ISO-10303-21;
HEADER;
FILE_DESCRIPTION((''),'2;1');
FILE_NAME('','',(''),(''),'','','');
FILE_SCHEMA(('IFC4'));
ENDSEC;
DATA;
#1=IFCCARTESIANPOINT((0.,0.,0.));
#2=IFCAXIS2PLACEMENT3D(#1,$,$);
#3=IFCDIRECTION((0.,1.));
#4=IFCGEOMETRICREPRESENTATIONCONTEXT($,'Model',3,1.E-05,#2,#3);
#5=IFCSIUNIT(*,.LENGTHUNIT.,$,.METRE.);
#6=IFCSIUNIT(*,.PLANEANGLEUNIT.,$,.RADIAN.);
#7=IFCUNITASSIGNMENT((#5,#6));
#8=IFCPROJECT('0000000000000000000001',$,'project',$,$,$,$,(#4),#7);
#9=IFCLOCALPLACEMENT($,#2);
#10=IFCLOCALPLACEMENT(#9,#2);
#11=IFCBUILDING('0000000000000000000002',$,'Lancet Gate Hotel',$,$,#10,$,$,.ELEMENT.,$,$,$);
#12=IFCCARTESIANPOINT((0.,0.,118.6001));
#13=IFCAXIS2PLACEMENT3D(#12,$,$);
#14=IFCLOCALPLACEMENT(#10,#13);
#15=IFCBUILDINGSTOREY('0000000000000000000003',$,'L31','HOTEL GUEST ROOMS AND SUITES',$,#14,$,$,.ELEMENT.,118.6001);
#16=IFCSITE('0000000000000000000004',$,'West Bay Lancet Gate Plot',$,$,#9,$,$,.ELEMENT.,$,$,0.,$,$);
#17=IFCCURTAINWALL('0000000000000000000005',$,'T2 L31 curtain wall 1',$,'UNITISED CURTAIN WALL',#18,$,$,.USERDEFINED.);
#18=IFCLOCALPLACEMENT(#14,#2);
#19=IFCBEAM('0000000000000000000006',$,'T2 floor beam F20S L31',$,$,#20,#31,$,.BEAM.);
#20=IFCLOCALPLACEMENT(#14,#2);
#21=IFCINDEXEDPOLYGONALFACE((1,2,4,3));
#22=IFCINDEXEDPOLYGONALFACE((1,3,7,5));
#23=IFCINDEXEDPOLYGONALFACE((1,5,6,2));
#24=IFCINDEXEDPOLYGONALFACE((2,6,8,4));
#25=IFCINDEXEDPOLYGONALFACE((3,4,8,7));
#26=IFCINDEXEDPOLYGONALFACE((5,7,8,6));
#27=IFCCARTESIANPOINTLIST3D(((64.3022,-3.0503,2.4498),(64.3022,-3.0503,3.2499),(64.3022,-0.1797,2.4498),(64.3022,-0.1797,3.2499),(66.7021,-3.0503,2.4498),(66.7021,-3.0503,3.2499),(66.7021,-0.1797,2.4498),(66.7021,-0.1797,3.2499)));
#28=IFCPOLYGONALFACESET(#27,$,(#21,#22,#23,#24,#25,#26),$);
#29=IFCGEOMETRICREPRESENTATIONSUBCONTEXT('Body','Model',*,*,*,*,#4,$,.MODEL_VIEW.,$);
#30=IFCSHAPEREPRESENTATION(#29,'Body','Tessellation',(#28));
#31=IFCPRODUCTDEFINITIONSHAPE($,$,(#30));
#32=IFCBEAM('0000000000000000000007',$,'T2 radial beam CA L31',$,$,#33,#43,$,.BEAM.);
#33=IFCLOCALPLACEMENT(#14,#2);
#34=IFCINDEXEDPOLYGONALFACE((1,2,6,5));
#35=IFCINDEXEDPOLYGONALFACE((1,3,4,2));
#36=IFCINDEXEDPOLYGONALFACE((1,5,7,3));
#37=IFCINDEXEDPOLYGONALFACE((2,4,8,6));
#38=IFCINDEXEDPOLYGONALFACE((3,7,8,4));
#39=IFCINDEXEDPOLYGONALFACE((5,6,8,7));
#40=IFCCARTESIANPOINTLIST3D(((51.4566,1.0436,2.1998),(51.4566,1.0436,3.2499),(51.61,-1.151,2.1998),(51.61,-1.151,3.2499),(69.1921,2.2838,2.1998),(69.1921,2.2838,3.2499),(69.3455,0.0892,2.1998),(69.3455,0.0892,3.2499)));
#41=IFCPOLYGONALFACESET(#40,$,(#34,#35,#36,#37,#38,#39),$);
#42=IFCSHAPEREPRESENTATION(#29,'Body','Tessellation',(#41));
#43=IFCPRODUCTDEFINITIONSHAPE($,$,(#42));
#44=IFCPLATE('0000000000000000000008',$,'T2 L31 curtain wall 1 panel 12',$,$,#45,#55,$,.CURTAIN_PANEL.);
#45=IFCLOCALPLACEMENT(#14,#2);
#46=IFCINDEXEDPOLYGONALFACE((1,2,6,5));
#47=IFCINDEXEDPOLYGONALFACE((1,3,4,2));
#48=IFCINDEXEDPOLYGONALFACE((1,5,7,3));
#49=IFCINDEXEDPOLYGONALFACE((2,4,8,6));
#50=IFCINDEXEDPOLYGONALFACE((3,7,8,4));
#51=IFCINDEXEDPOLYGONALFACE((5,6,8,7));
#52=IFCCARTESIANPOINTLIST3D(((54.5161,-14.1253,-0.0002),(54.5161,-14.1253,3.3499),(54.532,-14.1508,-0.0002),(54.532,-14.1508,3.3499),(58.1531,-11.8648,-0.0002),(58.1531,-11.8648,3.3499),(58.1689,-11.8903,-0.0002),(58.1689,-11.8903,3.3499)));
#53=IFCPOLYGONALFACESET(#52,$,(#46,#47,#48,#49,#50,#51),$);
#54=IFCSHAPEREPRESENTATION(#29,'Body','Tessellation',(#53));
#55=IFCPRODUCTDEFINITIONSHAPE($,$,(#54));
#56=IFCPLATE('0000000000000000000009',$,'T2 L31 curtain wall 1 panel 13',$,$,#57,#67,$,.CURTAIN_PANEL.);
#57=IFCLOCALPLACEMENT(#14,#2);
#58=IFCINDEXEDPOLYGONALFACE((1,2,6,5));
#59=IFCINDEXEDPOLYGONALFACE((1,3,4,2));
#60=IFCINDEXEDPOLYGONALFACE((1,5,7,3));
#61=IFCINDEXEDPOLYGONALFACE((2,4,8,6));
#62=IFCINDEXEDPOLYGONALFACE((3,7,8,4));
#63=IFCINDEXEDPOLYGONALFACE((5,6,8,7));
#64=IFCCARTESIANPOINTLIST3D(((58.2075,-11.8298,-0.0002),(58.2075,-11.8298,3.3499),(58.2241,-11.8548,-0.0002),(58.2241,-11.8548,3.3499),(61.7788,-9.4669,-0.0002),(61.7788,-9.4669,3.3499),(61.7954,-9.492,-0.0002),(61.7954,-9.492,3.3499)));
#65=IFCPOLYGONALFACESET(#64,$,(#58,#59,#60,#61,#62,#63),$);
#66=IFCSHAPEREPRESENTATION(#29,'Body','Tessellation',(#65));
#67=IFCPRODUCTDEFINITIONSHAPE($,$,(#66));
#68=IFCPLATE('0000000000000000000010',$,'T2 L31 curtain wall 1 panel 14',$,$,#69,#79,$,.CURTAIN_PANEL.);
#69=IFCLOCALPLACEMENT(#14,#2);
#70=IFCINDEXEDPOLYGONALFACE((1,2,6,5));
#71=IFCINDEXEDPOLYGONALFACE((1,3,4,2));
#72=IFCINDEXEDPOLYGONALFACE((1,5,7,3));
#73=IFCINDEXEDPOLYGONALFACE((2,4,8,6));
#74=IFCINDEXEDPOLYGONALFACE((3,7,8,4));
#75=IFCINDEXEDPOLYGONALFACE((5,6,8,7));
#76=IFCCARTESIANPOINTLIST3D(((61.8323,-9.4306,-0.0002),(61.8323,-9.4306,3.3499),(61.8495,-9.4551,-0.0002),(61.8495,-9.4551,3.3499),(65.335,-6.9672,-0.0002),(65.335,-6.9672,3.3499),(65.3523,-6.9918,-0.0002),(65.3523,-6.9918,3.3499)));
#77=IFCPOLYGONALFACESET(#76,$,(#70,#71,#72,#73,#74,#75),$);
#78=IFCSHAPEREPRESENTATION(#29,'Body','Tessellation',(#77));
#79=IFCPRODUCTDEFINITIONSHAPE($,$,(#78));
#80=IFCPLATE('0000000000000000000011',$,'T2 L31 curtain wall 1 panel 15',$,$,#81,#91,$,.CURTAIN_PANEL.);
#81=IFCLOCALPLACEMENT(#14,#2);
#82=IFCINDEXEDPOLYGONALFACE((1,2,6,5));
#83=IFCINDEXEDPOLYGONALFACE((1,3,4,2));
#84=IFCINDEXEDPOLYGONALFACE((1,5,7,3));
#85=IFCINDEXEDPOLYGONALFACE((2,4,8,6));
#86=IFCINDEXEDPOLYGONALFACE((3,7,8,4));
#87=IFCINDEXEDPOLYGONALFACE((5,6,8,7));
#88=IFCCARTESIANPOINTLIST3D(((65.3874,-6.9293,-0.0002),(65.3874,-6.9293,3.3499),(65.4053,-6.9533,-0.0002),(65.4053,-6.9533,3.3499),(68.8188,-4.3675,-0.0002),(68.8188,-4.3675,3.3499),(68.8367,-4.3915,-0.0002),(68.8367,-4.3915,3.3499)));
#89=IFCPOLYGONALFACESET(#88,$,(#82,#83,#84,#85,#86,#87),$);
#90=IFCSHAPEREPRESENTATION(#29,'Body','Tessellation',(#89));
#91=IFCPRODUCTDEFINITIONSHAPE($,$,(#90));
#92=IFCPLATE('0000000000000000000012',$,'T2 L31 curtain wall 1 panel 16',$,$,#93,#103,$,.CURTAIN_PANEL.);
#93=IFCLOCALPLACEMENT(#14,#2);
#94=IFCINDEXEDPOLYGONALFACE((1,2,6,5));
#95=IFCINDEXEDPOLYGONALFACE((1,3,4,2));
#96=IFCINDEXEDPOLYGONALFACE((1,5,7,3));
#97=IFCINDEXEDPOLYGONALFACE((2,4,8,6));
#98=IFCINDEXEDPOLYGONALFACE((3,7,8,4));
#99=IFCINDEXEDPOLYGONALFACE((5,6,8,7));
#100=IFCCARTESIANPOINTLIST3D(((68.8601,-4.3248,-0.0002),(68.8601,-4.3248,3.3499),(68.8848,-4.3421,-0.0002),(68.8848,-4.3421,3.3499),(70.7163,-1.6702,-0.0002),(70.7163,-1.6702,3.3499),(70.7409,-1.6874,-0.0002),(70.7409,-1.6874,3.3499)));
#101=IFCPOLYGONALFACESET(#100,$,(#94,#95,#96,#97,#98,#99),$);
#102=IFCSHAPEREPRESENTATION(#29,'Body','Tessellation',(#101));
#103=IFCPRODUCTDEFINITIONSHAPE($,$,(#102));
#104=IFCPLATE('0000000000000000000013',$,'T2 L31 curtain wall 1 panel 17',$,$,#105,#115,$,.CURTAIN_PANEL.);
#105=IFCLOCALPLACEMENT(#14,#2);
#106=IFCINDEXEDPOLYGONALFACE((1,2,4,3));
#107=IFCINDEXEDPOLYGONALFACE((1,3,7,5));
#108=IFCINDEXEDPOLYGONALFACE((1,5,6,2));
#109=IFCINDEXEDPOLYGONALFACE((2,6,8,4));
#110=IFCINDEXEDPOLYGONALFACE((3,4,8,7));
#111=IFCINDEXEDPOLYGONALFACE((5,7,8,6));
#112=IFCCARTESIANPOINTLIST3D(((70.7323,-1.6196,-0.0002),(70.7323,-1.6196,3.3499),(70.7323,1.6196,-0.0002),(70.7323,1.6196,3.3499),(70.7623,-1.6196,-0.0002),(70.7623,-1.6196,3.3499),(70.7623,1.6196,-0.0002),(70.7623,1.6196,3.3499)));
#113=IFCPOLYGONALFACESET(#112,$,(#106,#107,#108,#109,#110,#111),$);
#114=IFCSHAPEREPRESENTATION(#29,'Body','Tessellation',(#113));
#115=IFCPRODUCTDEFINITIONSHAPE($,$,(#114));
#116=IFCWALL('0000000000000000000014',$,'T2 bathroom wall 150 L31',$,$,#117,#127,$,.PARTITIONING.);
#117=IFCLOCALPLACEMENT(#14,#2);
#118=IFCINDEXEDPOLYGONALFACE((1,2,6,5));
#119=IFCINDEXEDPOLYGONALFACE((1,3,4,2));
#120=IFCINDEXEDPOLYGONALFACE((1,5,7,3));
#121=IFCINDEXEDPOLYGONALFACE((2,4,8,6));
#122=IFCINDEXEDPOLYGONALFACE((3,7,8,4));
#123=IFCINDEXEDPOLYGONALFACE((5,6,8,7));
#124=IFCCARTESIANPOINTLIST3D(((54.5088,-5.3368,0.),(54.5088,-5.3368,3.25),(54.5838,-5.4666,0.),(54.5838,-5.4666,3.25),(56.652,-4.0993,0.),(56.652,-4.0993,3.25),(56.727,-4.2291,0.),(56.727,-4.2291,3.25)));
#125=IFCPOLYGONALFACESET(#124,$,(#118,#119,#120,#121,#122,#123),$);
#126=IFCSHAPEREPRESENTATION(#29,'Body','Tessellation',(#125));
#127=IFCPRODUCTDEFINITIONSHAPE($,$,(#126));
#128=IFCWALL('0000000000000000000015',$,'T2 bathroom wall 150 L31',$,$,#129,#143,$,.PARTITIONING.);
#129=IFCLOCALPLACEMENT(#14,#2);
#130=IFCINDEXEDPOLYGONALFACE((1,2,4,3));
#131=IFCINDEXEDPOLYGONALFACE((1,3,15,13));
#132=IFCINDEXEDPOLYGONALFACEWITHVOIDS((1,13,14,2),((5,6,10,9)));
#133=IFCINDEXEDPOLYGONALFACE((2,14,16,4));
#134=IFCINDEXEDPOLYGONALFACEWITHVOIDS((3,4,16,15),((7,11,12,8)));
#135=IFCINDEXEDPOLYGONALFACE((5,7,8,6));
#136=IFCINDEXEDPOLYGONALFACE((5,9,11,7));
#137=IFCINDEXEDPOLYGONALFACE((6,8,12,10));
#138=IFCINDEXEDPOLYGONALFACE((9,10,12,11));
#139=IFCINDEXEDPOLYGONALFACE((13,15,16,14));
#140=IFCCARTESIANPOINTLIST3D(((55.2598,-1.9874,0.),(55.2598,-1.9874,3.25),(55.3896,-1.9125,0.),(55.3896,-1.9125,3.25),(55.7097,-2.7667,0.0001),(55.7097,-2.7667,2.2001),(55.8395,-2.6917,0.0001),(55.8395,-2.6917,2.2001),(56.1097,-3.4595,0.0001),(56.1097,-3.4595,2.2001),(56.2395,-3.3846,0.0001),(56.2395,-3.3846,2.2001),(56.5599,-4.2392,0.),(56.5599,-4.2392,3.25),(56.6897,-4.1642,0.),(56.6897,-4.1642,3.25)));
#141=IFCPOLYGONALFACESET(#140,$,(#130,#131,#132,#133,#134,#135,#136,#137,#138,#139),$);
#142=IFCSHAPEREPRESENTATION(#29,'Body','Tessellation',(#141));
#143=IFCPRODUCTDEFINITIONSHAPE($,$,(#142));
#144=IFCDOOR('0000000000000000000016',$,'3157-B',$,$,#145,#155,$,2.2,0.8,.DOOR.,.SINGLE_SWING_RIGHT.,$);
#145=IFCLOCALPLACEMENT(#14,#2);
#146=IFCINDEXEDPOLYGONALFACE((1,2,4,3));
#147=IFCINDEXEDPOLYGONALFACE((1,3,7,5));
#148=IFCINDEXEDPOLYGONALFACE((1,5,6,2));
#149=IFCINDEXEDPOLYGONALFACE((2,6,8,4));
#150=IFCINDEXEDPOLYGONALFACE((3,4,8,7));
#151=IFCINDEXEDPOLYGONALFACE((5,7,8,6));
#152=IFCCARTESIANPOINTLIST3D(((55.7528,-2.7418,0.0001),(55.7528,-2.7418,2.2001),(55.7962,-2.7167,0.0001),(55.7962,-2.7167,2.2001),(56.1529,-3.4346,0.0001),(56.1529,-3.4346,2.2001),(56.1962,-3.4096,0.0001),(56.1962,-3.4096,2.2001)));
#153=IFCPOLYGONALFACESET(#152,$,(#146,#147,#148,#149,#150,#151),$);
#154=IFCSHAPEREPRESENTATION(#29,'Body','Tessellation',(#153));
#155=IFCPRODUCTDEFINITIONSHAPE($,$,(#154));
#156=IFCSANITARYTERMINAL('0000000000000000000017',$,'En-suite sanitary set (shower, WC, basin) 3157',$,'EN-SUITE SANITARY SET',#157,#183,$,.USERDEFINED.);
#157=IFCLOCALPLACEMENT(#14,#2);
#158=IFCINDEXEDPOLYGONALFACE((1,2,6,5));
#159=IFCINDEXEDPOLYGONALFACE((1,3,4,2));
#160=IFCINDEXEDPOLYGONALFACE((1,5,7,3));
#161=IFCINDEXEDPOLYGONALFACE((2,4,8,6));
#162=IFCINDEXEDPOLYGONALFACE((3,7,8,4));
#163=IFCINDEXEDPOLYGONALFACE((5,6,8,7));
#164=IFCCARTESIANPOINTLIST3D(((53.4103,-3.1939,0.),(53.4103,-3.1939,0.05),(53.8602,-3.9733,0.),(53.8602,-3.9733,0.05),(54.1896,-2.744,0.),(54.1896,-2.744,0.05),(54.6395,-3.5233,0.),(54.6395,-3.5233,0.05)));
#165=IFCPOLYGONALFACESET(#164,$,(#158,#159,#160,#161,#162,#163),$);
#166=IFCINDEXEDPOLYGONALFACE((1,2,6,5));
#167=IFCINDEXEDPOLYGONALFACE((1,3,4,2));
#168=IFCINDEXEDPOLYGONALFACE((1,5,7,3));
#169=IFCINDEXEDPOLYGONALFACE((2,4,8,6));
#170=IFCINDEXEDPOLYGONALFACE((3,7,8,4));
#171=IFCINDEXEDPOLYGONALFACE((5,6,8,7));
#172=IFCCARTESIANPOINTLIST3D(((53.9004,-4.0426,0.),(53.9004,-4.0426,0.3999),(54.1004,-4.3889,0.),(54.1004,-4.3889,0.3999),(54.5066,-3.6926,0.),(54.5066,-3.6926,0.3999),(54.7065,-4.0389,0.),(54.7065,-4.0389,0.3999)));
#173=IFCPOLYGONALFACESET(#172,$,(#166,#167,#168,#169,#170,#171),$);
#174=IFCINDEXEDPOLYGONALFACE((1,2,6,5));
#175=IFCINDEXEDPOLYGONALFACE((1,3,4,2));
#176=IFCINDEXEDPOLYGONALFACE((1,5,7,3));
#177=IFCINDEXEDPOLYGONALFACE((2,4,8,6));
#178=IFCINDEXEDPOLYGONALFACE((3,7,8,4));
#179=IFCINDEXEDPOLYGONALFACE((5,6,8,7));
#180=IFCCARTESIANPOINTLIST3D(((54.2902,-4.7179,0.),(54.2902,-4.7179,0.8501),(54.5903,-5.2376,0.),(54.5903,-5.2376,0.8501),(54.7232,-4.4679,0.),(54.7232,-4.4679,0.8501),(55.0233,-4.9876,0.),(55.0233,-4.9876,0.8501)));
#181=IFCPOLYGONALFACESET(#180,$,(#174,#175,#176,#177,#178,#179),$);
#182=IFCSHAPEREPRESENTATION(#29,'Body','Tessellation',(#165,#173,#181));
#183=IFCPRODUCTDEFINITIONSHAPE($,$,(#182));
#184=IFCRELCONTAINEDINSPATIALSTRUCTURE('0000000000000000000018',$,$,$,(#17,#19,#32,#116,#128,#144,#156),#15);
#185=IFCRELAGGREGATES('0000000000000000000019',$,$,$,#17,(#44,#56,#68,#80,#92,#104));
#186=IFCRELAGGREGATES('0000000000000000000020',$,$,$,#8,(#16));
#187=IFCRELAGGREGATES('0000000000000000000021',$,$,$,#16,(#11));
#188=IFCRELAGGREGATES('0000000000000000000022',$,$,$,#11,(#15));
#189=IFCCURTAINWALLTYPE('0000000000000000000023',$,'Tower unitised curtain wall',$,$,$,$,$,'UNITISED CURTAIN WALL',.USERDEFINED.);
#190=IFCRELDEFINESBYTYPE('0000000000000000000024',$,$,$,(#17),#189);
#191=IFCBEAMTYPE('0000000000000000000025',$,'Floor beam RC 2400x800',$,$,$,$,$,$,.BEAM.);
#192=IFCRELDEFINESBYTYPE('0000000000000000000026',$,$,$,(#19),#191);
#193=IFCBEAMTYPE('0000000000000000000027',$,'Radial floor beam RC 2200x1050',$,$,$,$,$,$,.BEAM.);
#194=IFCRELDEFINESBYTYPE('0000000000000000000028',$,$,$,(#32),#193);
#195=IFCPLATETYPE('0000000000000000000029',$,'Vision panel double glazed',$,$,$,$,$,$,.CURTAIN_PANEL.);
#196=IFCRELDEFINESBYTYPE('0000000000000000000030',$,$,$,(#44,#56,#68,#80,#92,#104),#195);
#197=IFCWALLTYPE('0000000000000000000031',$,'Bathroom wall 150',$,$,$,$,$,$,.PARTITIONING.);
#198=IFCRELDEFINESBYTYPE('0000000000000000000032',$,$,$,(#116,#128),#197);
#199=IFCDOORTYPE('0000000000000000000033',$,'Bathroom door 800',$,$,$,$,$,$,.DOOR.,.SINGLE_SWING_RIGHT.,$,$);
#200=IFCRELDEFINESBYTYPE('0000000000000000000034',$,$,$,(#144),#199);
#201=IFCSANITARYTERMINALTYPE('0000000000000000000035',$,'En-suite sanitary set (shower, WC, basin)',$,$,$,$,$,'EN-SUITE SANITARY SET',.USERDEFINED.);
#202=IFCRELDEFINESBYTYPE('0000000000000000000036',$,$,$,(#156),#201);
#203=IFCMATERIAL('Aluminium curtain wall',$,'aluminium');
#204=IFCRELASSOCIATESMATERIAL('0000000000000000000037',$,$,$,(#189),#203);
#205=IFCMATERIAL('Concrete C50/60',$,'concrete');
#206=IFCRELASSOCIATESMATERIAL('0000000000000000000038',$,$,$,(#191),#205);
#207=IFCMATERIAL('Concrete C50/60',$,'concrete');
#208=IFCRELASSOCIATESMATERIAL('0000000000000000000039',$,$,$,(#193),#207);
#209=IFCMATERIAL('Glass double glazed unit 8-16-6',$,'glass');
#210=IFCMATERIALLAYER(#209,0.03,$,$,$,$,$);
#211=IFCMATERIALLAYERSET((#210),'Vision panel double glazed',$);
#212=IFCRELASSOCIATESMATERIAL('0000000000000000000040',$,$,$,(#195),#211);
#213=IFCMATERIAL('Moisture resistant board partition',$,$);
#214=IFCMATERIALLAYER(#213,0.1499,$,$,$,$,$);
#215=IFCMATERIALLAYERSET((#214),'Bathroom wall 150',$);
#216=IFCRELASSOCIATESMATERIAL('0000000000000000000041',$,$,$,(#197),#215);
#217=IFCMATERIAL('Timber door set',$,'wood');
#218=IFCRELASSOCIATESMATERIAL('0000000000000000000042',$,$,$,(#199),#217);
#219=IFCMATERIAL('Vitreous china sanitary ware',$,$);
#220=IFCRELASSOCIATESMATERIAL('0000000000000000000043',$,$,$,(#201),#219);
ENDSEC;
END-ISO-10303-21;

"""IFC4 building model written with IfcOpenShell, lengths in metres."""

from ifc_helpers import new_model, si_unit, direction, frame, frame_2d, origin, origin_2d, place, context, subcontext, project, spatial, rectangle, extrude, material, layer, layer_set, material_profile, profile_set, type_object, element, fill, aggregate, save


model = new_model("IFC4")

# Units and contexts
model_context = context("Model", 3, precision=1e-05, world=origin(), true_north=direction((0.0, 1.0)))
body_context = subcontext(model_context, "Body", "Model", "MODEL_VIEW")
ifc_project = project(units=[si_unit("LENGTHUNIT", "METRE"), si_unit("PLANEANGLEUNIT", "RADIAN")], contexts=[model_context])

# Site, building, storey
site_placement = place(None, origin())
site = spatial("IfcSite", under=ifc_project, at=site_placement, Name="West Bay Lancet Gate Plot", CompositionType="ELEMENT", RefElevation=0.0)
building_placement = place(site_placement, origin())
building = spatial("IfcBuilding", under=site, at=building_placement, Name="Lancet Gate Hotel", CompositionType="ELEMENT")
storey_placement = place(building_placement, frame((0.0, 0.0, 118.6001)))
storey = spatial("IfcBuildingStorey", under=building, at=storey_placement, Name="L31", Description="HOTEL GUEST ROOMS AND SUITES", CompositionType="ELEMENT", Elevation=118.6001)

# Curtain wall
ifc_material_1 = material(Name="Aluminium curtain wall", Category="aluminium")
curtain_wall_type = type_object("IfcCurtainWallType", Name="Tower unitised curtain wall", ElementType="UNITISED CURTAIN WALL", PredefinedType="USERDEFINED", material=ifc_material_1)
curtain_wall_placement = place(storey_placement, origin())
curtain_wall = element("IfcCurtainWall", 1, at=curtain_wall_placement, inside=storey, type_object=curtain_wall_type, Name="T2 L31 curtain wall 1", ObjectType="UNITISED CURTAIN WALL", PredefinedType="USERDEFINED")

# Beams
ifc_material_2 = material(Name="Concrete C50/60", Category="concrete")
ifc_material_profile_1 = material_profile(ifc_material_2, rectangle(XDim=2.3999, YDim=0.8, at=origin_2d()), Name="RC 2400x800")
ifc_profile_set_1 = profile_set([ifc_material_profile_1], Name="Concrete C50/60")
beam_type_1 = type_object("IfcBeamType", Name="Floor beam RC 2400x800", PredefinedType="BEAM", material=ifc_profile_set_1)
beam_1_placement = place(storey_placement, frame((65.5022, -3.0503, 2.8499), z_axis=(0.0, 1.0, 0.0), x_axis=(-1.0, 0.0, 0.0)))
element("IfcBeam", 2, at=beam_1_placement, inside=storey, type_object=beam_type_1, Name="T2 floor beam F20S L31", PredefinedType="BEAM", context=body_context, shape_type="SweptSolid", body=[
    extrude(rectangle(XDim=2.3999, YDim=0.8, at=origin_2d()), origin(), (0.0, 0.0, 1.0), 2.8706),
])
ifc_material_3 = material(Name="Concrete C50/60", Category="concrete")
ifc_material_profile_2 = material_profile(ifc_material_3, rectangle(XDim=2.2, YDim=1.05, at=origin_2d()), Name="RC 2200x1050")
ifc_profile_set_2 = profile_set([ifc_material_profile_2], Name="Concrete C50/60")
beam_type_2 = type_object("IfcBeamType", Name="Radial floor beam RC 2200x1050", PredefinedType="BEAM", material=ifc_profile_set_2)
beam_2_placement = place(storey_placement, frame((69.2688, 1.1865, 2.7249), z_axis=(-0.997564, -0.069759, 0.0), x_axis=(0.069759, -0.997564, 0.0)))
element("IfcBeam", 3, at=beam_2_placement, inside=storey, type_object=beam_type_2, Name="T2 radial beam CA L31", PredefinedType="BEAM", context=body_context, shape_type="SweptSolid", body=[
    extrude(rectangle(XDim=2.2, YDim=1.05, at=origin_2d()), origin(), (0.0, 0.0, 1.0), 17.7788),
])

# Plates
ifc_material_4 = material(Name="Glass double glazed unit 8-16-6", Category="glass")
ifc_layer_1 = layer(ifc_material_4, 0.03)
ifc_layer_set_1 = layer_set([ifc_layer_1], Name="Vision panel double glazed")
plate_type = type_object("IfcPlateType", Name="Vision panel double glazed", PredefinedType="CURTAIN_PANEL", material=ifc_layer_set_1)
plate_1_placement = place(storey_placement, frame((56.3425, -13.0078, -0.0002), z_axis=(0.0, 0.0, 1.0), x_axis=(0.849318, 0.527882, 0.0)))
plate_1 = element("IfcPlate", 4, at=plate_1_placement, type_object=plate_type, Name="T2 L31 curtain wall 1 panel 12", PredefinedType="CURTAIN_PANEL", context=body_context, shape_type="SweptSolid", body=[
    extrude(rectangle(XDim=4.2822, YDim=0.03, at=origin_2d()), origin(), (0.0, 0.0, 1.0), 3.3501),
])
plate_2_placement = place(storey_placement, frame((60.0015, -10.6609, -0.0002), z_axis=(0.0, 0.0, 1.0), x_axis=(0.833985, 0.551787, 0.0)))
plate_2 = element("IfcPlate", 5, at=plate_2_placement, type_object=plate_type, Name="T2 L31 curtain wall 1 panel 13", PredefinedType="CURTAIN_PANEL", context=body_context, shape_type="SweptSolid", body=[
    extrude(rectangle(XDim=4.2822, YDim=0.03, at=origin_2d()), origin(), (0.0, 0.0, 1.0), 3.3501),
])
plate_3_placement = place(storey_placement, frame((63.5923, -8.2112, -0.0002), z_axis=(0.0, 0.0, 1.0), x_axis=(0.817979, 0.575247, 0.0)))
plate_3 = element("IfcPlate", 6, at=plate_3_placement, type_object=plate_type, Name="T2 L31 curtain wall 1 panel 14", PredefinedType="CURTAIN_PANEL", context=body_context, shape_type="SweptSolid", body=[
    extrude(rectangle(XDim=4.2822, YDim=0.03, at=origin_2d()), origin(), (0.0, 0.0, 1.0), 3.3501),
])
plate_4_placement = place(storey_placement, frame((67.1121, -5.6604, -0.0002), z_axis=(0.0, 0.0, 1.0), x_axis=(0.801314, 0.598244, 0.0)))
plate_4 = element("IfcPlate", 7, at=plate_4_placement, type_object=plate_type, Name="T2 L31 curtain wall 1 panel 15", PredefinedType="CURTAIN_PANEL", context=body_context, shape_type="SweptSolid", body=[
    extrude(rectangle(XDim=4.2822, YDim=0.03, at=origin_2d()), origin(), (0.0, 0.0, 1.0), 3.3501),
])
plate_5_placement = place(storey_placement, frame((69.8005, -3.0061, -0.0002), z_axis=(0.0, 0.0, 1.0), x_axis=(0.573025, 0.819538, 0.0)))
plate_5 = element("IfcPlate", 8, at=plate_5_placement, type_object=plate_type, Name="T2 L31 curtain wall 1 panel 16", PredefinedType="CURTAIN_PANEL", context=body_context, shape_type="SweptSolid", body=[
    extrude(rectangle(XDim=3.2393, YDim=0.03, at=origin_2d()), origin(), (0.0, 0.0, 1.0), 3.3501),
])
plate_6_placement = place(storey_placement, frame((70.7473, 0.0, -0.0002), z_axis=(0.0, 0.0, 1.0), x_axis=(0.0, 1.0, 0.0)))
plate_6 = element("IfcPlate", 9, at=plate_6_placement, type_object=plate_type, Name="T2 L31 curtain wall 1 panel 17", PredefinedType="CURTAIN_PANEL", context=body_context, shape_type="SweptSolid", body=[
    extrude(rectangle(XDim=3.2393, YDim=0.03, at=origin_2d()), origin(), (0.0, 0.0, 1.0), 3.3501),
])
aggregate(curtain_wall, [plate_1, plate_2, plate_3, plate_4, plate_5, plate_6])

# Wall
ifc_material_5 = material(Name="Moisture resistant board partition")
ifc_layer_2 = layer(ifc_material_5, 0.1499)
ifc_layer_set_2 = layer_set([ifc_layer_2], Name="Bathroom wall 150")
wall_type = type_object("IfcWallType", Name="Bathroom wall 150", PredefinedType="PARTITIONING", material=ifc_layer_set_2)
wall_1_placement = place(storey_placement, frame((54.5464, -5.4016, 0.0), z_axis=(0.0, 0.0, 1.0), x_axis=(0.866007, 0.500033, 0.0)))
element("IfcWall", 10, at=wall_1_placement, inside=storey, type_object=wall_type, Name="T2 bathroom wall 150 L31", PredefinedType="PARTITIONING", context=body_context, shape_type="SweptSolid", body=[
    extrude(rectangle(XDim=2.4749, YDim=0.1499, at=frame_2d((1.2373, 0.0))), origin(), (0.0, 0.0, 1.0), 3.25),
])

# Wall, opening, door
wall_2_placement = place(storey_placement, frame((55.3247, -1.95, 0.0), z_axis=(0.0, 0.0, 1.0), x_axis=(0.500007, -0.866021, 0.0)))
wall_2 = element("IfcWall", 11, at=wall_2_placement, inside=storey, type_object=wall_type, Name="T2 bathroom wall 150 L31", PredefinedType="PARTITIONING", context=body_context, shape_type="SweptSolid", body=[
    extrude(rectangle(XDim=2.6001, YDim=0.1499, at=frame_2d((1.3, 0.0))), origin(), (0.0, 0.0, 1.0), 3.25),
])
opening_placement = place(wall_2_placement, frame((0.8999, 0.0, 0.0)))
opening = element("IfcOpeningElement", 12, at=opening_placement, cuts=wall_2, PredefinedType="OPENING", context=body_context, shape_type="SweptSolid", body=[
    extrude(rectangle(XDim=0.8, YDim=2.2, at=frame_2d((0.3999, 1.1001))), frame((0.0, 0.085, 0.0), z_axis=(0.0, -1.0, 0.0), x_axis=(1.0, 0.0, 0.0)), (0.0, 0.0, 1.0), 0.1699),
])
ifc_material_6 = material(Name="Timber door set", Category="wood")
door_type = type_object("IfcDoorType", Name="Bathroom door 800", OperationType="SINGLE_SWING_RIGHT", PredefinedType="DOOR", material=ifc_material_6)
door_placement = place(opening_placement, origin())
door = element("IfcDoor", 13, at=door_placement, inside=storey, type_object=door_type, Name="3157-B", OperationType="SINGLE_SWING_RIGHT", OverallHeight=2.2, OverallWidth=0.8, PredefinedType="DOOR", context=body_context, shape_type="SweptSolid", body=[
    extrude(rectangle(XDim=0.8, YDim=2.2, at=frame_2d((0.3999, 1.1001))), frame((0.0, 0.0249, 0.0), z_axis=(0.0, -1.0, 0.0), x_axis=(1.0, 0.0, 0.0)), (0.0, 0.0, 1.0), 0.05),
])
fill(opening, door)

# Sanitary terminal
ifc_material_7 = material(Name="Vitreous china sanitary ware")
sanitary_terminal_type = type_object("IfcSanitaryTerminalType", Name="En-suite sanitary set (shower, WC, basin)", ElementType="EN-SUITE SANITARY SET", PredefinedType="USERDEFINED", material=ifc_material_7)
sanitary_terminal_placement = place(storey_placement, frame((54.0249, -3.3586, 0.0), z_axis=(0.0, 0.0, 1.0), x_axis=(1.0, 0.0, 0.0)))
element("IfcSanitaryTerminal", 14, at=sanitary_terminal_placement, inside=storey, type_object=sanitary_terminal_type, Name="En-suite sanitary set (shower, WC, basin) 3157", ObjectType="EN-SUITE SANITARY SET", PredefinedType="USERDEFINED", context=body_context, shape_type="SweptSolid", body=[
    extrude(rectangle(XDim=0.8999, YDim=0.8999, at=origin_2d()), frame((0.0, 0.0, 0.0), z_axis=(0.0, 0.0, 1.0), x_axis=(-0.5, 0.866025, 0.0)), (0.0, 0.0, 1.0), 0.05),
    extrude(rectangle(XDim=0.3999, YDim=0.7, at=origin_2d()), frame((0.2786, -0.6821, 0.0), z_axis=(0.0, 0.0, 1.0), x_axis=(-0.5, 0.866025, 0.0)), (0.0, 0.0, 1.0), 0.3999),
    extrude(rectangle(XDim=0.6001, YDim=0.5, at=origin_2d()), frame((0.6318, -1.4941, 0.0), z_axis=(0.0, 0.0, 1.0), x_axis=(-0.5, 0.866025, 0.0)), (0.0, 0.0, 1.0), 0.8501),
])

save(model, "model.ifc")
